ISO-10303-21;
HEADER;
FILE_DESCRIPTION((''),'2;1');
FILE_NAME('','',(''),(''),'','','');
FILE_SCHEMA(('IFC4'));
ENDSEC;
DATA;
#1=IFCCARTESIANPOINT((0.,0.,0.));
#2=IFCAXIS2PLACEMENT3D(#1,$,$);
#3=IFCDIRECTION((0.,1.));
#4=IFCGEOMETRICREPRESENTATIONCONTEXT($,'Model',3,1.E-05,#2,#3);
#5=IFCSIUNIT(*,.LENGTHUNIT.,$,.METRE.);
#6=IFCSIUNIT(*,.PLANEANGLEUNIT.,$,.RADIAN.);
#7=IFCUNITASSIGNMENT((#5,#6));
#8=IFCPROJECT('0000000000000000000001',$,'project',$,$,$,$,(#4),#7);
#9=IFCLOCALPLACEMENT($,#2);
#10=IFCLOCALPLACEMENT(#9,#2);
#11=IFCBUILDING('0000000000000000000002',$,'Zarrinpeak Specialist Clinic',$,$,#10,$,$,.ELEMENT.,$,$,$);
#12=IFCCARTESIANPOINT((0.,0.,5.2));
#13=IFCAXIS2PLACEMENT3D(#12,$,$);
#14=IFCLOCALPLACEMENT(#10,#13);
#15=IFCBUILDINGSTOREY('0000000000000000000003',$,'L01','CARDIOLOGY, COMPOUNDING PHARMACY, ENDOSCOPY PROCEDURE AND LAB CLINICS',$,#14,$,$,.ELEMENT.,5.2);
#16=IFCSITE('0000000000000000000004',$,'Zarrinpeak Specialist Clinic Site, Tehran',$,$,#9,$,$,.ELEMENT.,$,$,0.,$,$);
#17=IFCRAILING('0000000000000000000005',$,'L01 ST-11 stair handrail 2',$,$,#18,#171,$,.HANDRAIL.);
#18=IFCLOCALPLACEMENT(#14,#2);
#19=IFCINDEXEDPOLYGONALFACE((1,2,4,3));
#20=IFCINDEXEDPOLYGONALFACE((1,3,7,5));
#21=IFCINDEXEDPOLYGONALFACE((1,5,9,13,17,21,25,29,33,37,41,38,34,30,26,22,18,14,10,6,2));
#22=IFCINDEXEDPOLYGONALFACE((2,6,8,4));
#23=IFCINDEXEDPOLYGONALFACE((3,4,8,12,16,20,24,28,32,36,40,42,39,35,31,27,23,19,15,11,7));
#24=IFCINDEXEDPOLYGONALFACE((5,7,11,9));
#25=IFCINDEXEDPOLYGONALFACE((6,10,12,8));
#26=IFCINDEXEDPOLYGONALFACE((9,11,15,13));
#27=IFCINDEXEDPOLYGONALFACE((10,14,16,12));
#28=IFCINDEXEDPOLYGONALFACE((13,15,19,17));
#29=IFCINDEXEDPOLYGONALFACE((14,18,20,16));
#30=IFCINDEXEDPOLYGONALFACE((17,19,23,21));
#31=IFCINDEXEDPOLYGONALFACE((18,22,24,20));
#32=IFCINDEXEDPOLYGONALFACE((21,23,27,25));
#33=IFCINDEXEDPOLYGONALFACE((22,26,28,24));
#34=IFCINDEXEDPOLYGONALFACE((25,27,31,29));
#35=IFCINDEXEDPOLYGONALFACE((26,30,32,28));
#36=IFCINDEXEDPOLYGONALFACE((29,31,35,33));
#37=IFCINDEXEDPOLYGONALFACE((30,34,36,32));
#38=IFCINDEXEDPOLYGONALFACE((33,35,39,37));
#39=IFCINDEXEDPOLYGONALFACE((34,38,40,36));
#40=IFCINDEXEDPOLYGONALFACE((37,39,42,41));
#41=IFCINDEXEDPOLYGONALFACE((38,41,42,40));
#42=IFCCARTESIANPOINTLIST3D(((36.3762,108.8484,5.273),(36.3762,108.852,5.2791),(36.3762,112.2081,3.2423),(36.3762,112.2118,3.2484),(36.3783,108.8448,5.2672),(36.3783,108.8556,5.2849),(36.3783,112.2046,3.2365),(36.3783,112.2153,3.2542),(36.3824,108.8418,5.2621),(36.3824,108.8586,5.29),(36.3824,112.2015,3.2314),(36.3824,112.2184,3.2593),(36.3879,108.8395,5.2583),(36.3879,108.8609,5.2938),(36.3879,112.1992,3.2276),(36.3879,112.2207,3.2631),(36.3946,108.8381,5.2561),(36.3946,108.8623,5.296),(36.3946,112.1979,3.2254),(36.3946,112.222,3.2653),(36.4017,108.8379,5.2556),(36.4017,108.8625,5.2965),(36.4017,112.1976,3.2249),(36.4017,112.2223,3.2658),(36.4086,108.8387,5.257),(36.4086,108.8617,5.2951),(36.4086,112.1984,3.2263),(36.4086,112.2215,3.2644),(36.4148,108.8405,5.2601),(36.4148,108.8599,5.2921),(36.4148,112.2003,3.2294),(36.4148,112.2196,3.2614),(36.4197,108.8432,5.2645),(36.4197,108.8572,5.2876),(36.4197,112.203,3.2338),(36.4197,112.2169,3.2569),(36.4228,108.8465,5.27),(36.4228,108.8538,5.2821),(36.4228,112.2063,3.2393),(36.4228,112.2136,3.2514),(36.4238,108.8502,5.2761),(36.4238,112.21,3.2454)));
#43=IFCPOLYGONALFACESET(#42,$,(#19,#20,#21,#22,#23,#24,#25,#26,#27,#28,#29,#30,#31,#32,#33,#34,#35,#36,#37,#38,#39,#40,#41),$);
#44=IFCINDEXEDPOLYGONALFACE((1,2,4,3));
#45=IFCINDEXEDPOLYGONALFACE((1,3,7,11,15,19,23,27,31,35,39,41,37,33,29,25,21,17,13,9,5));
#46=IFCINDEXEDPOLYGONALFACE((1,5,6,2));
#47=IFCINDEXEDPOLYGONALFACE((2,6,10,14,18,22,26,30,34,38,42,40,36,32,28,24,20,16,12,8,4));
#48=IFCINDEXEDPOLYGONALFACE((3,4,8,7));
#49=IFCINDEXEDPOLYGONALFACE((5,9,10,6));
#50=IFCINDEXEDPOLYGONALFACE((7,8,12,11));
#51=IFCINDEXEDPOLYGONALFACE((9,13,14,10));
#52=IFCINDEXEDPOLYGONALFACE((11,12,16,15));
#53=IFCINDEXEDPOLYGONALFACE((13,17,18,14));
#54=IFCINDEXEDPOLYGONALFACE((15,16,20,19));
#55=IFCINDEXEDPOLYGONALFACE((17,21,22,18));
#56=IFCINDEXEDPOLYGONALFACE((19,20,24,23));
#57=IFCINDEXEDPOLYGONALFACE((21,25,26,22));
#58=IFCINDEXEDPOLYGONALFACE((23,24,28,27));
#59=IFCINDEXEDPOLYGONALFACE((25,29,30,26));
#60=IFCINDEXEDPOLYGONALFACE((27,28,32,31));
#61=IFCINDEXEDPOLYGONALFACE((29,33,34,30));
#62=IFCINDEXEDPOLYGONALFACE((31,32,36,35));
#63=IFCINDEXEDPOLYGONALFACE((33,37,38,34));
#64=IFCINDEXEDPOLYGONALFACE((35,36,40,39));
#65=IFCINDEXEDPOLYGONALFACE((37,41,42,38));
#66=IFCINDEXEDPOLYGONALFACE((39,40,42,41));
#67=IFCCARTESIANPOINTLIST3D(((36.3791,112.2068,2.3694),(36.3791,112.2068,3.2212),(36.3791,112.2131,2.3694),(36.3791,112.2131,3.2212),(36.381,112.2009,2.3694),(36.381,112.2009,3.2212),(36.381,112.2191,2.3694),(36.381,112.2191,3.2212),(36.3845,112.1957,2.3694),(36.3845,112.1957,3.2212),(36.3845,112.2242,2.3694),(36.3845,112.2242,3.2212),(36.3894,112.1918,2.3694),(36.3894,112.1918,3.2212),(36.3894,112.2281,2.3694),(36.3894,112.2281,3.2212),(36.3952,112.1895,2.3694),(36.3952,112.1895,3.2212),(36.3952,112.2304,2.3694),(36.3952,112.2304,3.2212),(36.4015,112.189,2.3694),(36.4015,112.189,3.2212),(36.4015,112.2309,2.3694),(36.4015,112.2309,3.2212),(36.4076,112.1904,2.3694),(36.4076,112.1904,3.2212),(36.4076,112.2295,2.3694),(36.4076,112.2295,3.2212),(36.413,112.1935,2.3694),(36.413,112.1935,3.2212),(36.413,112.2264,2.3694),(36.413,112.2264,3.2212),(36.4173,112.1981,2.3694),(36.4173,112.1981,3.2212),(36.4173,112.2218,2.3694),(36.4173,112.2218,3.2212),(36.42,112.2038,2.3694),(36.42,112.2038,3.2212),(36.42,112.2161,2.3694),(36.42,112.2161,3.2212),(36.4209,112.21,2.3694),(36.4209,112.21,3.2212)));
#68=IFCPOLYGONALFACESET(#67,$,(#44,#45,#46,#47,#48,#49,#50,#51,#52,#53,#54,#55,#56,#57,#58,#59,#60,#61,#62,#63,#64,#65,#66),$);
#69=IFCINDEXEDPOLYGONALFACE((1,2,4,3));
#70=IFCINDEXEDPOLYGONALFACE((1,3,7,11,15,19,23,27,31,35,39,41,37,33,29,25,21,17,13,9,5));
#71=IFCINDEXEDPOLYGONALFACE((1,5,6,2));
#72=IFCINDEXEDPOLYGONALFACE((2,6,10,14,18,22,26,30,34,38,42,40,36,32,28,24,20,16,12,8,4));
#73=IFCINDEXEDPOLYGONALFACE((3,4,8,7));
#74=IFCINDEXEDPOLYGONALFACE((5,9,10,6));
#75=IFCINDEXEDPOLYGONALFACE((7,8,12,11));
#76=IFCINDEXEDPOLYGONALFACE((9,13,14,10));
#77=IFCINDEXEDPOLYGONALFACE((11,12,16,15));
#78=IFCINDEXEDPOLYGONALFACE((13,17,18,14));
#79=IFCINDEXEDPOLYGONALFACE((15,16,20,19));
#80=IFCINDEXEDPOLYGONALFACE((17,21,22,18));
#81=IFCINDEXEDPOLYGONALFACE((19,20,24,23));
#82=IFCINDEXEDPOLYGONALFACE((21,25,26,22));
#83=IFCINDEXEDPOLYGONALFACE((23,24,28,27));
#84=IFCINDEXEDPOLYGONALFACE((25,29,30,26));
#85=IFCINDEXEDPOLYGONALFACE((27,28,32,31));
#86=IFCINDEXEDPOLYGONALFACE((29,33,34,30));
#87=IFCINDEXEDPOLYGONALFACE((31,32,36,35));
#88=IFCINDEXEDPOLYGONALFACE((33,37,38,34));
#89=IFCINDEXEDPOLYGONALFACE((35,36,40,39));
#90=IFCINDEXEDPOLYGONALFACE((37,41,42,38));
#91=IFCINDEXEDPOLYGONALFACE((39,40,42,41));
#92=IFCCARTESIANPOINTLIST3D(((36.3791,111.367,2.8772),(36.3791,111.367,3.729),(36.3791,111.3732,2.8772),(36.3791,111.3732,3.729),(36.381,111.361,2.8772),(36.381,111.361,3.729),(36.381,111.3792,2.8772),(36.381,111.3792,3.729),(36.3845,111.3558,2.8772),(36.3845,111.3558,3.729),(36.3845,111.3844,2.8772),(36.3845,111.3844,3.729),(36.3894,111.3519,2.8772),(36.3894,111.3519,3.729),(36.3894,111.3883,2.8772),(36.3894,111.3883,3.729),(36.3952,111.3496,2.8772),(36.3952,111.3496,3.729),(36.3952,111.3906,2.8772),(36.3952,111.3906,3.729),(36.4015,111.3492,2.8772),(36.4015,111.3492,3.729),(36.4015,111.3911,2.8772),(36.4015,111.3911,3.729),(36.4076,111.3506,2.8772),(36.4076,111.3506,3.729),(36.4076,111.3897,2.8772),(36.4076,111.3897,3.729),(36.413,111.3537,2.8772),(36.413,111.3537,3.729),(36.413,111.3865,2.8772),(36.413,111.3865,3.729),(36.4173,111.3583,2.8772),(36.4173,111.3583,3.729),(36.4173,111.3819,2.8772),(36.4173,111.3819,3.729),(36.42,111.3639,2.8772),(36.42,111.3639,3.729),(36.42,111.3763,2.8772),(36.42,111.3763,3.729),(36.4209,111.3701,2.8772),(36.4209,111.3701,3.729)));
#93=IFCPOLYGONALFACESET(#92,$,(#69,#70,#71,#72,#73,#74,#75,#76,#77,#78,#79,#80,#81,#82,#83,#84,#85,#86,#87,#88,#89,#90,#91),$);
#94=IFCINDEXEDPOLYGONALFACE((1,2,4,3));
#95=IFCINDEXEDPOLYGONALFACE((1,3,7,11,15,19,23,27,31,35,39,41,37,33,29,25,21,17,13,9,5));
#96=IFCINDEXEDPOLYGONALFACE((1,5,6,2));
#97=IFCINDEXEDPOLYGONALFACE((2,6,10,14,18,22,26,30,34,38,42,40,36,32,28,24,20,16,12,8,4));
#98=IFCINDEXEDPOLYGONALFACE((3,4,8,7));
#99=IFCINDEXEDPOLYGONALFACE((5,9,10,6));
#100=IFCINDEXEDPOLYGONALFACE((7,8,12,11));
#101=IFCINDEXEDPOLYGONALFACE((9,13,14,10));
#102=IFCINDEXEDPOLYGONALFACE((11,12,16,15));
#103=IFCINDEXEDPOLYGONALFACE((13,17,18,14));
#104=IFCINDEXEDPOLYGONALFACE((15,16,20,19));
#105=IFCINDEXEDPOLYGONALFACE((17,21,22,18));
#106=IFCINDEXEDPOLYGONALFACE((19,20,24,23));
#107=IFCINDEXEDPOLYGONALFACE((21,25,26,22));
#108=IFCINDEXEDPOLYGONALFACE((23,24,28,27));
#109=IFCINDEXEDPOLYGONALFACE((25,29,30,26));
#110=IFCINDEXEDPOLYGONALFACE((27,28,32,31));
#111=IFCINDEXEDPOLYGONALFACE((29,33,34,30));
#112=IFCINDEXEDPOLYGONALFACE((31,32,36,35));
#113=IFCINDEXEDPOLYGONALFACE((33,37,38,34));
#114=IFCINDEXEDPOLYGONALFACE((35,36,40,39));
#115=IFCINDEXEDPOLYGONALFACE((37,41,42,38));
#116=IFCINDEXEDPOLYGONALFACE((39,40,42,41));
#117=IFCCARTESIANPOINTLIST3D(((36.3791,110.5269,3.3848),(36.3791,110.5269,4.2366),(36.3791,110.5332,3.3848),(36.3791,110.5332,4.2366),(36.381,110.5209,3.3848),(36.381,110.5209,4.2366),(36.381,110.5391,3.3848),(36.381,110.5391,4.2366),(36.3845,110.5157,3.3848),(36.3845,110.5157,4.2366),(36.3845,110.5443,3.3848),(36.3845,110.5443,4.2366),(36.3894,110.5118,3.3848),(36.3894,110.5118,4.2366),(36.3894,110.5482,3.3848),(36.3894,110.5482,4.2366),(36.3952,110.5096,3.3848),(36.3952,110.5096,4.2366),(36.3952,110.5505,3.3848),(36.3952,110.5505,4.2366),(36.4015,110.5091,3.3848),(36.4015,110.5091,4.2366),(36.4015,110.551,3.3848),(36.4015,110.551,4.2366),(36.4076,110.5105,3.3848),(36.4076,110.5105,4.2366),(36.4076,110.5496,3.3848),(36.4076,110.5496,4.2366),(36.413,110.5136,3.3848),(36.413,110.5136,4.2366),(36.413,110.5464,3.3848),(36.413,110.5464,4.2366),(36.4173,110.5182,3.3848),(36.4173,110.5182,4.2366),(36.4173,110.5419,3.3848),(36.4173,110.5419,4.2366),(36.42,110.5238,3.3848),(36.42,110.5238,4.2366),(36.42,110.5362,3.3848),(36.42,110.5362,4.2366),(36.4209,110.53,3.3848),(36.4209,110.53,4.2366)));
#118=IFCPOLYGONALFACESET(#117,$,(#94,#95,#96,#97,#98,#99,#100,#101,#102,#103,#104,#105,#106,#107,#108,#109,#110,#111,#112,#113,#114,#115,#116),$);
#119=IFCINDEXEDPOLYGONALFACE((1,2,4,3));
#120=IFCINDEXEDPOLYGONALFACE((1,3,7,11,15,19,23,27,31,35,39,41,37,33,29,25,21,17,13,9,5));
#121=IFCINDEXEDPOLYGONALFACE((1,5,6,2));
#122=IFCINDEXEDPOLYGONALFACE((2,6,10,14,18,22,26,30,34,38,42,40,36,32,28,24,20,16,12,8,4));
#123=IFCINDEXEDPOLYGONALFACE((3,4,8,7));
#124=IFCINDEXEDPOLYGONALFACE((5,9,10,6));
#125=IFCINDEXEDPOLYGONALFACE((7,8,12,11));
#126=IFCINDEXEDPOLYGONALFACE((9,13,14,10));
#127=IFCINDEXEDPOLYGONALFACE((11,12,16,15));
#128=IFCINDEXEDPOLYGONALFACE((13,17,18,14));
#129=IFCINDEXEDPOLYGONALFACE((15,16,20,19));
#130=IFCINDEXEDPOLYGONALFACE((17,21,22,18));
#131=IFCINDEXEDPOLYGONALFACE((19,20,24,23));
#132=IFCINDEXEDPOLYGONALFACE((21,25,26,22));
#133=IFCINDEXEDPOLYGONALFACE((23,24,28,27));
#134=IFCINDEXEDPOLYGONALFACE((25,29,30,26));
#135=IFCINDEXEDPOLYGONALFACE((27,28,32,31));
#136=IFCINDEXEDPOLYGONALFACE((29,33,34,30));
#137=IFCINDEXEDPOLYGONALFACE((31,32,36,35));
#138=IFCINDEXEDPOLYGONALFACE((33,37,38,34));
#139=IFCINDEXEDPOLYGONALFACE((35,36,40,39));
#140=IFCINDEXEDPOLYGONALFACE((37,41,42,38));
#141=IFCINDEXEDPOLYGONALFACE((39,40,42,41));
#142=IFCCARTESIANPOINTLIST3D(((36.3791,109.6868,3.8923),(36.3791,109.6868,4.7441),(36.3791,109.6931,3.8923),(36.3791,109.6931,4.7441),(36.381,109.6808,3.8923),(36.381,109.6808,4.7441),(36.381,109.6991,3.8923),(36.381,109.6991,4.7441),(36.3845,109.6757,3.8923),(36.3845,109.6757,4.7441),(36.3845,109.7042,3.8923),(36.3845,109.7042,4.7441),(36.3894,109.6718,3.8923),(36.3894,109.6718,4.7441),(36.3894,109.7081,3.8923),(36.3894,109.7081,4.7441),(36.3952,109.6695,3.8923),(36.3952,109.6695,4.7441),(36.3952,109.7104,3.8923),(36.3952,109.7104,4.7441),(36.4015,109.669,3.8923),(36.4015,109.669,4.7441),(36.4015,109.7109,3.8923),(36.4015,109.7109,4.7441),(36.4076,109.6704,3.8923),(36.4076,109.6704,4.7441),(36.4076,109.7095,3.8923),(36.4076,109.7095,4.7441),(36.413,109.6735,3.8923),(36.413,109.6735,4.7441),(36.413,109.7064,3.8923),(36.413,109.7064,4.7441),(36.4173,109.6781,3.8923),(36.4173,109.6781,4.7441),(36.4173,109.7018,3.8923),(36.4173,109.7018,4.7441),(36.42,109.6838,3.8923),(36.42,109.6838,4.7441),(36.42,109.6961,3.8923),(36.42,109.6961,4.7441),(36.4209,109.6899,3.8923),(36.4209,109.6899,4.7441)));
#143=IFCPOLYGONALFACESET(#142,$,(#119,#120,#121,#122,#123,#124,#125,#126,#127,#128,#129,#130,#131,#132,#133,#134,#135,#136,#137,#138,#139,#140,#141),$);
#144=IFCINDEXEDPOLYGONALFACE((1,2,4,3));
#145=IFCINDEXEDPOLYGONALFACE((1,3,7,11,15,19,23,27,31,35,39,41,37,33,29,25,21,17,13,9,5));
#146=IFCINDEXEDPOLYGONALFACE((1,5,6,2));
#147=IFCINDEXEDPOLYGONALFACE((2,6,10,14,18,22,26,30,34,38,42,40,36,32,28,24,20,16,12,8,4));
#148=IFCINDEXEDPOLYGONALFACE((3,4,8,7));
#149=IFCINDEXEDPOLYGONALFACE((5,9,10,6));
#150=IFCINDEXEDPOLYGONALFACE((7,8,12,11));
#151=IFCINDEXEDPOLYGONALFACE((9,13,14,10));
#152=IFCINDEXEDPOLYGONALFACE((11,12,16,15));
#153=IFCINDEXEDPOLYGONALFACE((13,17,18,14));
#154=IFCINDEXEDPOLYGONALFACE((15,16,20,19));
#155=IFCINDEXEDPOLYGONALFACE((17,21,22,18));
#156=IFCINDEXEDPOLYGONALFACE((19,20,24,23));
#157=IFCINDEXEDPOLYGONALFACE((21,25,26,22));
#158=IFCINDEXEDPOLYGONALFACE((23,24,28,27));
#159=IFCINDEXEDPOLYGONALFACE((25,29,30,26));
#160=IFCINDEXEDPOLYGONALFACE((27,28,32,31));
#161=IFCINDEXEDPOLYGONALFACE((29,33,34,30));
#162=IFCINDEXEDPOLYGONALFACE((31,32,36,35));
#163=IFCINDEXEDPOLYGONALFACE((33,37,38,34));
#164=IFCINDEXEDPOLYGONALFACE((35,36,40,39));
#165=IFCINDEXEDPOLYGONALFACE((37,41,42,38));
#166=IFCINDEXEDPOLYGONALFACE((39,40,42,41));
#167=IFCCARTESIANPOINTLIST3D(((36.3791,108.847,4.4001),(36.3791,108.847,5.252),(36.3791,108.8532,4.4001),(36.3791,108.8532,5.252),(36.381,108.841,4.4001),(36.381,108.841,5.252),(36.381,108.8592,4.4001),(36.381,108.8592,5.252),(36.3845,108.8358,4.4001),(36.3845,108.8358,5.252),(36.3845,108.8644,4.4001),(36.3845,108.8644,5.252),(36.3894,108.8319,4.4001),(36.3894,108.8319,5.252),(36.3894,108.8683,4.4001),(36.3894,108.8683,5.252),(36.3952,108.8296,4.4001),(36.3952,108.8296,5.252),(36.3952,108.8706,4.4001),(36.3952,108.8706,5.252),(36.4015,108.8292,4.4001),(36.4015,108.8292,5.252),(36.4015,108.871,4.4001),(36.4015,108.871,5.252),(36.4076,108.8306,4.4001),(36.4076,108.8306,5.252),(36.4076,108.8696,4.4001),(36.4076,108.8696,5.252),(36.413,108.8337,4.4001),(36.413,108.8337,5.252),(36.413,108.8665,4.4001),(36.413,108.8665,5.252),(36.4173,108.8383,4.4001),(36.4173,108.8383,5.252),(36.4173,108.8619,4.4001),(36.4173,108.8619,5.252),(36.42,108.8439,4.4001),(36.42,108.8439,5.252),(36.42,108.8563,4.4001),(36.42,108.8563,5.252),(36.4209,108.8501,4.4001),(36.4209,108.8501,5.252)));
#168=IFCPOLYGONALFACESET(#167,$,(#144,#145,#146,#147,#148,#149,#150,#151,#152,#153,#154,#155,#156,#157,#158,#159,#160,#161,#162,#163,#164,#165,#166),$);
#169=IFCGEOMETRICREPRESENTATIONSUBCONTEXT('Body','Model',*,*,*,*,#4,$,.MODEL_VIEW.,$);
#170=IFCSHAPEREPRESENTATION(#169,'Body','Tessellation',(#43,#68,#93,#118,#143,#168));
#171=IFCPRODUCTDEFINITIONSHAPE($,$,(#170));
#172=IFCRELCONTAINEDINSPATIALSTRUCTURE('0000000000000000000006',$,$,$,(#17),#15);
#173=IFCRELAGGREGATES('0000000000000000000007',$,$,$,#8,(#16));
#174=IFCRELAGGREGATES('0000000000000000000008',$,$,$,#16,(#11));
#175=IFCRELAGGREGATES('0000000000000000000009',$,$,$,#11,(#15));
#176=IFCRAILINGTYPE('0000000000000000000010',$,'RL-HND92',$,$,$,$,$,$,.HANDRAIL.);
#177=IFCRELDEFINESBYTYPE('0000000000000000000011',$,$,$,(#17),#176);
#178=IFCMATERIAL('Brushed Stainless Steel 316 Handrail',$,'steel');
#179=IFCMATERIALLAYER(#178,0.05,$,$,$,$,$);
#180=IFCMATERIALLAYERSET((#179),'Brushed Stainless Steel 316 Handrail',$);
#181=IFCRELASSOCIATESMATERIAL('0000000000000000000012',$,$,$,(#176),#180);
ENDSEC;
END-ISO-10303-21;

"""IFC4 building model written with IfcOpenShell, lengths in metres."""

from ifc_helpers import new_model, si_unit, direction, frame, origin, origin_2d, place, context, subcontext, project, spatial, circle, extrude, material, layer, layer_set, type_object, element, save


model = new_model("IFC4")

# Units and contexts
model_context = context("Model", 3, precision=1e-05, world=origin(), true_north=direction((0.0, 1.0)))
body_context = subcontext(model_context, "Body", "Model", "MODEL_VIEW")
ifc_project = project(units=[si_unit("LENGTHUNIT", "METRE"), si_unit("PLANEANGLEUNIT", "RADIAN")], contexts=[model_context])

# Site, building, storey
site_placement = place(None, origin())
site = spatial("IfcSite", under=ifc_project, at=site_placement, Name="Zarrinpeak Specialist Clinic Site, Tehran", CompositionType="ELEMENT", RefElevation=0.0)
building_placement = place(site_placement, origin())
building = spatial("IfcBuilding", under=site, at=building_placement, Name="Zarrinpeak Specialist Clinic", CompositionType="ELEMENT")
storey_placement = place(building_placement, frame((0.0, 0.0, 5.2)))
storey = spatial("IfcBuildingStorey", under=building, at=storey_placement, Name="L01", Description="CARDIOLOGY, COMPOUNDING PHARMACY, ENDOSCOPY PROCEDURE AND LAB CLINICS", CompositionType="ELEMENT", Elevation=5.2)

# Railing
ifc_material_1 = material(Name="Brushed Stainless Steel 316 Handrail", Category="steel")
ifc_layer_1 = layer(ifc_material_1, 0.05)
ifc_layer_set_1 = layer_set([ifc_layer_1], Name="Brushed Stainless Steel 316 Handrail")
railing_type_1 = type_object("IfcRailingType", Name="RL-HND92", PredefinedType="HANDRAIL", material=ifc_layer_set_1)
railing_1_placement = place(storey_placement, frame((36.3999, 112.21, 2.3694)))
element("IfcRailing", 1, at=railing_1_placement, inside=storey, type_object=railing_type_1, Name="L01 ST-11 stair handrail 2", PredefinedType="HANDRAIL", context=body_context, shape_type="SweptSolid", body=[
    extrude(circle(Radius=0.0239, at=origin_2d()), frame((0.0, 0.0, 0.876), z_axis=(0.0, -0.85582, 0.517273), x_axis=(1.0, 0.0, 0.0)), (0.0, 0.0, 1.0), 3.9258),
    extrude(circle(Radius=0.021, at=origin_2d()), origin(), (0.0, 0.0, 1.0), 0.8518),
    extrude(circle(Radius=0.021, at=origin_2d()), frame((0.0, -0.8398, 0.5078)), (0.0, 0.0, 1.0), 0.8518),
    extrude(circle(Radius=0.021, at=origin_2d()), frame((0.0, -1.6799, 1.0154)), (0.0, 0.0, 1.0), 0.8518),
    extrude(circle(Radius=0.021, at=origin_2d()), frame((0.0, -2.52, 1.5229)), (0.0, 0.0, 1.0), 0.8518),
    extrude(circle(Radius=0.021, at=origin_2d()), frame((0.0, -3.3599, 2.0308)), (0.0, 0.0, 1.0), 0.8518),
])

save(model, "model.ifc")
